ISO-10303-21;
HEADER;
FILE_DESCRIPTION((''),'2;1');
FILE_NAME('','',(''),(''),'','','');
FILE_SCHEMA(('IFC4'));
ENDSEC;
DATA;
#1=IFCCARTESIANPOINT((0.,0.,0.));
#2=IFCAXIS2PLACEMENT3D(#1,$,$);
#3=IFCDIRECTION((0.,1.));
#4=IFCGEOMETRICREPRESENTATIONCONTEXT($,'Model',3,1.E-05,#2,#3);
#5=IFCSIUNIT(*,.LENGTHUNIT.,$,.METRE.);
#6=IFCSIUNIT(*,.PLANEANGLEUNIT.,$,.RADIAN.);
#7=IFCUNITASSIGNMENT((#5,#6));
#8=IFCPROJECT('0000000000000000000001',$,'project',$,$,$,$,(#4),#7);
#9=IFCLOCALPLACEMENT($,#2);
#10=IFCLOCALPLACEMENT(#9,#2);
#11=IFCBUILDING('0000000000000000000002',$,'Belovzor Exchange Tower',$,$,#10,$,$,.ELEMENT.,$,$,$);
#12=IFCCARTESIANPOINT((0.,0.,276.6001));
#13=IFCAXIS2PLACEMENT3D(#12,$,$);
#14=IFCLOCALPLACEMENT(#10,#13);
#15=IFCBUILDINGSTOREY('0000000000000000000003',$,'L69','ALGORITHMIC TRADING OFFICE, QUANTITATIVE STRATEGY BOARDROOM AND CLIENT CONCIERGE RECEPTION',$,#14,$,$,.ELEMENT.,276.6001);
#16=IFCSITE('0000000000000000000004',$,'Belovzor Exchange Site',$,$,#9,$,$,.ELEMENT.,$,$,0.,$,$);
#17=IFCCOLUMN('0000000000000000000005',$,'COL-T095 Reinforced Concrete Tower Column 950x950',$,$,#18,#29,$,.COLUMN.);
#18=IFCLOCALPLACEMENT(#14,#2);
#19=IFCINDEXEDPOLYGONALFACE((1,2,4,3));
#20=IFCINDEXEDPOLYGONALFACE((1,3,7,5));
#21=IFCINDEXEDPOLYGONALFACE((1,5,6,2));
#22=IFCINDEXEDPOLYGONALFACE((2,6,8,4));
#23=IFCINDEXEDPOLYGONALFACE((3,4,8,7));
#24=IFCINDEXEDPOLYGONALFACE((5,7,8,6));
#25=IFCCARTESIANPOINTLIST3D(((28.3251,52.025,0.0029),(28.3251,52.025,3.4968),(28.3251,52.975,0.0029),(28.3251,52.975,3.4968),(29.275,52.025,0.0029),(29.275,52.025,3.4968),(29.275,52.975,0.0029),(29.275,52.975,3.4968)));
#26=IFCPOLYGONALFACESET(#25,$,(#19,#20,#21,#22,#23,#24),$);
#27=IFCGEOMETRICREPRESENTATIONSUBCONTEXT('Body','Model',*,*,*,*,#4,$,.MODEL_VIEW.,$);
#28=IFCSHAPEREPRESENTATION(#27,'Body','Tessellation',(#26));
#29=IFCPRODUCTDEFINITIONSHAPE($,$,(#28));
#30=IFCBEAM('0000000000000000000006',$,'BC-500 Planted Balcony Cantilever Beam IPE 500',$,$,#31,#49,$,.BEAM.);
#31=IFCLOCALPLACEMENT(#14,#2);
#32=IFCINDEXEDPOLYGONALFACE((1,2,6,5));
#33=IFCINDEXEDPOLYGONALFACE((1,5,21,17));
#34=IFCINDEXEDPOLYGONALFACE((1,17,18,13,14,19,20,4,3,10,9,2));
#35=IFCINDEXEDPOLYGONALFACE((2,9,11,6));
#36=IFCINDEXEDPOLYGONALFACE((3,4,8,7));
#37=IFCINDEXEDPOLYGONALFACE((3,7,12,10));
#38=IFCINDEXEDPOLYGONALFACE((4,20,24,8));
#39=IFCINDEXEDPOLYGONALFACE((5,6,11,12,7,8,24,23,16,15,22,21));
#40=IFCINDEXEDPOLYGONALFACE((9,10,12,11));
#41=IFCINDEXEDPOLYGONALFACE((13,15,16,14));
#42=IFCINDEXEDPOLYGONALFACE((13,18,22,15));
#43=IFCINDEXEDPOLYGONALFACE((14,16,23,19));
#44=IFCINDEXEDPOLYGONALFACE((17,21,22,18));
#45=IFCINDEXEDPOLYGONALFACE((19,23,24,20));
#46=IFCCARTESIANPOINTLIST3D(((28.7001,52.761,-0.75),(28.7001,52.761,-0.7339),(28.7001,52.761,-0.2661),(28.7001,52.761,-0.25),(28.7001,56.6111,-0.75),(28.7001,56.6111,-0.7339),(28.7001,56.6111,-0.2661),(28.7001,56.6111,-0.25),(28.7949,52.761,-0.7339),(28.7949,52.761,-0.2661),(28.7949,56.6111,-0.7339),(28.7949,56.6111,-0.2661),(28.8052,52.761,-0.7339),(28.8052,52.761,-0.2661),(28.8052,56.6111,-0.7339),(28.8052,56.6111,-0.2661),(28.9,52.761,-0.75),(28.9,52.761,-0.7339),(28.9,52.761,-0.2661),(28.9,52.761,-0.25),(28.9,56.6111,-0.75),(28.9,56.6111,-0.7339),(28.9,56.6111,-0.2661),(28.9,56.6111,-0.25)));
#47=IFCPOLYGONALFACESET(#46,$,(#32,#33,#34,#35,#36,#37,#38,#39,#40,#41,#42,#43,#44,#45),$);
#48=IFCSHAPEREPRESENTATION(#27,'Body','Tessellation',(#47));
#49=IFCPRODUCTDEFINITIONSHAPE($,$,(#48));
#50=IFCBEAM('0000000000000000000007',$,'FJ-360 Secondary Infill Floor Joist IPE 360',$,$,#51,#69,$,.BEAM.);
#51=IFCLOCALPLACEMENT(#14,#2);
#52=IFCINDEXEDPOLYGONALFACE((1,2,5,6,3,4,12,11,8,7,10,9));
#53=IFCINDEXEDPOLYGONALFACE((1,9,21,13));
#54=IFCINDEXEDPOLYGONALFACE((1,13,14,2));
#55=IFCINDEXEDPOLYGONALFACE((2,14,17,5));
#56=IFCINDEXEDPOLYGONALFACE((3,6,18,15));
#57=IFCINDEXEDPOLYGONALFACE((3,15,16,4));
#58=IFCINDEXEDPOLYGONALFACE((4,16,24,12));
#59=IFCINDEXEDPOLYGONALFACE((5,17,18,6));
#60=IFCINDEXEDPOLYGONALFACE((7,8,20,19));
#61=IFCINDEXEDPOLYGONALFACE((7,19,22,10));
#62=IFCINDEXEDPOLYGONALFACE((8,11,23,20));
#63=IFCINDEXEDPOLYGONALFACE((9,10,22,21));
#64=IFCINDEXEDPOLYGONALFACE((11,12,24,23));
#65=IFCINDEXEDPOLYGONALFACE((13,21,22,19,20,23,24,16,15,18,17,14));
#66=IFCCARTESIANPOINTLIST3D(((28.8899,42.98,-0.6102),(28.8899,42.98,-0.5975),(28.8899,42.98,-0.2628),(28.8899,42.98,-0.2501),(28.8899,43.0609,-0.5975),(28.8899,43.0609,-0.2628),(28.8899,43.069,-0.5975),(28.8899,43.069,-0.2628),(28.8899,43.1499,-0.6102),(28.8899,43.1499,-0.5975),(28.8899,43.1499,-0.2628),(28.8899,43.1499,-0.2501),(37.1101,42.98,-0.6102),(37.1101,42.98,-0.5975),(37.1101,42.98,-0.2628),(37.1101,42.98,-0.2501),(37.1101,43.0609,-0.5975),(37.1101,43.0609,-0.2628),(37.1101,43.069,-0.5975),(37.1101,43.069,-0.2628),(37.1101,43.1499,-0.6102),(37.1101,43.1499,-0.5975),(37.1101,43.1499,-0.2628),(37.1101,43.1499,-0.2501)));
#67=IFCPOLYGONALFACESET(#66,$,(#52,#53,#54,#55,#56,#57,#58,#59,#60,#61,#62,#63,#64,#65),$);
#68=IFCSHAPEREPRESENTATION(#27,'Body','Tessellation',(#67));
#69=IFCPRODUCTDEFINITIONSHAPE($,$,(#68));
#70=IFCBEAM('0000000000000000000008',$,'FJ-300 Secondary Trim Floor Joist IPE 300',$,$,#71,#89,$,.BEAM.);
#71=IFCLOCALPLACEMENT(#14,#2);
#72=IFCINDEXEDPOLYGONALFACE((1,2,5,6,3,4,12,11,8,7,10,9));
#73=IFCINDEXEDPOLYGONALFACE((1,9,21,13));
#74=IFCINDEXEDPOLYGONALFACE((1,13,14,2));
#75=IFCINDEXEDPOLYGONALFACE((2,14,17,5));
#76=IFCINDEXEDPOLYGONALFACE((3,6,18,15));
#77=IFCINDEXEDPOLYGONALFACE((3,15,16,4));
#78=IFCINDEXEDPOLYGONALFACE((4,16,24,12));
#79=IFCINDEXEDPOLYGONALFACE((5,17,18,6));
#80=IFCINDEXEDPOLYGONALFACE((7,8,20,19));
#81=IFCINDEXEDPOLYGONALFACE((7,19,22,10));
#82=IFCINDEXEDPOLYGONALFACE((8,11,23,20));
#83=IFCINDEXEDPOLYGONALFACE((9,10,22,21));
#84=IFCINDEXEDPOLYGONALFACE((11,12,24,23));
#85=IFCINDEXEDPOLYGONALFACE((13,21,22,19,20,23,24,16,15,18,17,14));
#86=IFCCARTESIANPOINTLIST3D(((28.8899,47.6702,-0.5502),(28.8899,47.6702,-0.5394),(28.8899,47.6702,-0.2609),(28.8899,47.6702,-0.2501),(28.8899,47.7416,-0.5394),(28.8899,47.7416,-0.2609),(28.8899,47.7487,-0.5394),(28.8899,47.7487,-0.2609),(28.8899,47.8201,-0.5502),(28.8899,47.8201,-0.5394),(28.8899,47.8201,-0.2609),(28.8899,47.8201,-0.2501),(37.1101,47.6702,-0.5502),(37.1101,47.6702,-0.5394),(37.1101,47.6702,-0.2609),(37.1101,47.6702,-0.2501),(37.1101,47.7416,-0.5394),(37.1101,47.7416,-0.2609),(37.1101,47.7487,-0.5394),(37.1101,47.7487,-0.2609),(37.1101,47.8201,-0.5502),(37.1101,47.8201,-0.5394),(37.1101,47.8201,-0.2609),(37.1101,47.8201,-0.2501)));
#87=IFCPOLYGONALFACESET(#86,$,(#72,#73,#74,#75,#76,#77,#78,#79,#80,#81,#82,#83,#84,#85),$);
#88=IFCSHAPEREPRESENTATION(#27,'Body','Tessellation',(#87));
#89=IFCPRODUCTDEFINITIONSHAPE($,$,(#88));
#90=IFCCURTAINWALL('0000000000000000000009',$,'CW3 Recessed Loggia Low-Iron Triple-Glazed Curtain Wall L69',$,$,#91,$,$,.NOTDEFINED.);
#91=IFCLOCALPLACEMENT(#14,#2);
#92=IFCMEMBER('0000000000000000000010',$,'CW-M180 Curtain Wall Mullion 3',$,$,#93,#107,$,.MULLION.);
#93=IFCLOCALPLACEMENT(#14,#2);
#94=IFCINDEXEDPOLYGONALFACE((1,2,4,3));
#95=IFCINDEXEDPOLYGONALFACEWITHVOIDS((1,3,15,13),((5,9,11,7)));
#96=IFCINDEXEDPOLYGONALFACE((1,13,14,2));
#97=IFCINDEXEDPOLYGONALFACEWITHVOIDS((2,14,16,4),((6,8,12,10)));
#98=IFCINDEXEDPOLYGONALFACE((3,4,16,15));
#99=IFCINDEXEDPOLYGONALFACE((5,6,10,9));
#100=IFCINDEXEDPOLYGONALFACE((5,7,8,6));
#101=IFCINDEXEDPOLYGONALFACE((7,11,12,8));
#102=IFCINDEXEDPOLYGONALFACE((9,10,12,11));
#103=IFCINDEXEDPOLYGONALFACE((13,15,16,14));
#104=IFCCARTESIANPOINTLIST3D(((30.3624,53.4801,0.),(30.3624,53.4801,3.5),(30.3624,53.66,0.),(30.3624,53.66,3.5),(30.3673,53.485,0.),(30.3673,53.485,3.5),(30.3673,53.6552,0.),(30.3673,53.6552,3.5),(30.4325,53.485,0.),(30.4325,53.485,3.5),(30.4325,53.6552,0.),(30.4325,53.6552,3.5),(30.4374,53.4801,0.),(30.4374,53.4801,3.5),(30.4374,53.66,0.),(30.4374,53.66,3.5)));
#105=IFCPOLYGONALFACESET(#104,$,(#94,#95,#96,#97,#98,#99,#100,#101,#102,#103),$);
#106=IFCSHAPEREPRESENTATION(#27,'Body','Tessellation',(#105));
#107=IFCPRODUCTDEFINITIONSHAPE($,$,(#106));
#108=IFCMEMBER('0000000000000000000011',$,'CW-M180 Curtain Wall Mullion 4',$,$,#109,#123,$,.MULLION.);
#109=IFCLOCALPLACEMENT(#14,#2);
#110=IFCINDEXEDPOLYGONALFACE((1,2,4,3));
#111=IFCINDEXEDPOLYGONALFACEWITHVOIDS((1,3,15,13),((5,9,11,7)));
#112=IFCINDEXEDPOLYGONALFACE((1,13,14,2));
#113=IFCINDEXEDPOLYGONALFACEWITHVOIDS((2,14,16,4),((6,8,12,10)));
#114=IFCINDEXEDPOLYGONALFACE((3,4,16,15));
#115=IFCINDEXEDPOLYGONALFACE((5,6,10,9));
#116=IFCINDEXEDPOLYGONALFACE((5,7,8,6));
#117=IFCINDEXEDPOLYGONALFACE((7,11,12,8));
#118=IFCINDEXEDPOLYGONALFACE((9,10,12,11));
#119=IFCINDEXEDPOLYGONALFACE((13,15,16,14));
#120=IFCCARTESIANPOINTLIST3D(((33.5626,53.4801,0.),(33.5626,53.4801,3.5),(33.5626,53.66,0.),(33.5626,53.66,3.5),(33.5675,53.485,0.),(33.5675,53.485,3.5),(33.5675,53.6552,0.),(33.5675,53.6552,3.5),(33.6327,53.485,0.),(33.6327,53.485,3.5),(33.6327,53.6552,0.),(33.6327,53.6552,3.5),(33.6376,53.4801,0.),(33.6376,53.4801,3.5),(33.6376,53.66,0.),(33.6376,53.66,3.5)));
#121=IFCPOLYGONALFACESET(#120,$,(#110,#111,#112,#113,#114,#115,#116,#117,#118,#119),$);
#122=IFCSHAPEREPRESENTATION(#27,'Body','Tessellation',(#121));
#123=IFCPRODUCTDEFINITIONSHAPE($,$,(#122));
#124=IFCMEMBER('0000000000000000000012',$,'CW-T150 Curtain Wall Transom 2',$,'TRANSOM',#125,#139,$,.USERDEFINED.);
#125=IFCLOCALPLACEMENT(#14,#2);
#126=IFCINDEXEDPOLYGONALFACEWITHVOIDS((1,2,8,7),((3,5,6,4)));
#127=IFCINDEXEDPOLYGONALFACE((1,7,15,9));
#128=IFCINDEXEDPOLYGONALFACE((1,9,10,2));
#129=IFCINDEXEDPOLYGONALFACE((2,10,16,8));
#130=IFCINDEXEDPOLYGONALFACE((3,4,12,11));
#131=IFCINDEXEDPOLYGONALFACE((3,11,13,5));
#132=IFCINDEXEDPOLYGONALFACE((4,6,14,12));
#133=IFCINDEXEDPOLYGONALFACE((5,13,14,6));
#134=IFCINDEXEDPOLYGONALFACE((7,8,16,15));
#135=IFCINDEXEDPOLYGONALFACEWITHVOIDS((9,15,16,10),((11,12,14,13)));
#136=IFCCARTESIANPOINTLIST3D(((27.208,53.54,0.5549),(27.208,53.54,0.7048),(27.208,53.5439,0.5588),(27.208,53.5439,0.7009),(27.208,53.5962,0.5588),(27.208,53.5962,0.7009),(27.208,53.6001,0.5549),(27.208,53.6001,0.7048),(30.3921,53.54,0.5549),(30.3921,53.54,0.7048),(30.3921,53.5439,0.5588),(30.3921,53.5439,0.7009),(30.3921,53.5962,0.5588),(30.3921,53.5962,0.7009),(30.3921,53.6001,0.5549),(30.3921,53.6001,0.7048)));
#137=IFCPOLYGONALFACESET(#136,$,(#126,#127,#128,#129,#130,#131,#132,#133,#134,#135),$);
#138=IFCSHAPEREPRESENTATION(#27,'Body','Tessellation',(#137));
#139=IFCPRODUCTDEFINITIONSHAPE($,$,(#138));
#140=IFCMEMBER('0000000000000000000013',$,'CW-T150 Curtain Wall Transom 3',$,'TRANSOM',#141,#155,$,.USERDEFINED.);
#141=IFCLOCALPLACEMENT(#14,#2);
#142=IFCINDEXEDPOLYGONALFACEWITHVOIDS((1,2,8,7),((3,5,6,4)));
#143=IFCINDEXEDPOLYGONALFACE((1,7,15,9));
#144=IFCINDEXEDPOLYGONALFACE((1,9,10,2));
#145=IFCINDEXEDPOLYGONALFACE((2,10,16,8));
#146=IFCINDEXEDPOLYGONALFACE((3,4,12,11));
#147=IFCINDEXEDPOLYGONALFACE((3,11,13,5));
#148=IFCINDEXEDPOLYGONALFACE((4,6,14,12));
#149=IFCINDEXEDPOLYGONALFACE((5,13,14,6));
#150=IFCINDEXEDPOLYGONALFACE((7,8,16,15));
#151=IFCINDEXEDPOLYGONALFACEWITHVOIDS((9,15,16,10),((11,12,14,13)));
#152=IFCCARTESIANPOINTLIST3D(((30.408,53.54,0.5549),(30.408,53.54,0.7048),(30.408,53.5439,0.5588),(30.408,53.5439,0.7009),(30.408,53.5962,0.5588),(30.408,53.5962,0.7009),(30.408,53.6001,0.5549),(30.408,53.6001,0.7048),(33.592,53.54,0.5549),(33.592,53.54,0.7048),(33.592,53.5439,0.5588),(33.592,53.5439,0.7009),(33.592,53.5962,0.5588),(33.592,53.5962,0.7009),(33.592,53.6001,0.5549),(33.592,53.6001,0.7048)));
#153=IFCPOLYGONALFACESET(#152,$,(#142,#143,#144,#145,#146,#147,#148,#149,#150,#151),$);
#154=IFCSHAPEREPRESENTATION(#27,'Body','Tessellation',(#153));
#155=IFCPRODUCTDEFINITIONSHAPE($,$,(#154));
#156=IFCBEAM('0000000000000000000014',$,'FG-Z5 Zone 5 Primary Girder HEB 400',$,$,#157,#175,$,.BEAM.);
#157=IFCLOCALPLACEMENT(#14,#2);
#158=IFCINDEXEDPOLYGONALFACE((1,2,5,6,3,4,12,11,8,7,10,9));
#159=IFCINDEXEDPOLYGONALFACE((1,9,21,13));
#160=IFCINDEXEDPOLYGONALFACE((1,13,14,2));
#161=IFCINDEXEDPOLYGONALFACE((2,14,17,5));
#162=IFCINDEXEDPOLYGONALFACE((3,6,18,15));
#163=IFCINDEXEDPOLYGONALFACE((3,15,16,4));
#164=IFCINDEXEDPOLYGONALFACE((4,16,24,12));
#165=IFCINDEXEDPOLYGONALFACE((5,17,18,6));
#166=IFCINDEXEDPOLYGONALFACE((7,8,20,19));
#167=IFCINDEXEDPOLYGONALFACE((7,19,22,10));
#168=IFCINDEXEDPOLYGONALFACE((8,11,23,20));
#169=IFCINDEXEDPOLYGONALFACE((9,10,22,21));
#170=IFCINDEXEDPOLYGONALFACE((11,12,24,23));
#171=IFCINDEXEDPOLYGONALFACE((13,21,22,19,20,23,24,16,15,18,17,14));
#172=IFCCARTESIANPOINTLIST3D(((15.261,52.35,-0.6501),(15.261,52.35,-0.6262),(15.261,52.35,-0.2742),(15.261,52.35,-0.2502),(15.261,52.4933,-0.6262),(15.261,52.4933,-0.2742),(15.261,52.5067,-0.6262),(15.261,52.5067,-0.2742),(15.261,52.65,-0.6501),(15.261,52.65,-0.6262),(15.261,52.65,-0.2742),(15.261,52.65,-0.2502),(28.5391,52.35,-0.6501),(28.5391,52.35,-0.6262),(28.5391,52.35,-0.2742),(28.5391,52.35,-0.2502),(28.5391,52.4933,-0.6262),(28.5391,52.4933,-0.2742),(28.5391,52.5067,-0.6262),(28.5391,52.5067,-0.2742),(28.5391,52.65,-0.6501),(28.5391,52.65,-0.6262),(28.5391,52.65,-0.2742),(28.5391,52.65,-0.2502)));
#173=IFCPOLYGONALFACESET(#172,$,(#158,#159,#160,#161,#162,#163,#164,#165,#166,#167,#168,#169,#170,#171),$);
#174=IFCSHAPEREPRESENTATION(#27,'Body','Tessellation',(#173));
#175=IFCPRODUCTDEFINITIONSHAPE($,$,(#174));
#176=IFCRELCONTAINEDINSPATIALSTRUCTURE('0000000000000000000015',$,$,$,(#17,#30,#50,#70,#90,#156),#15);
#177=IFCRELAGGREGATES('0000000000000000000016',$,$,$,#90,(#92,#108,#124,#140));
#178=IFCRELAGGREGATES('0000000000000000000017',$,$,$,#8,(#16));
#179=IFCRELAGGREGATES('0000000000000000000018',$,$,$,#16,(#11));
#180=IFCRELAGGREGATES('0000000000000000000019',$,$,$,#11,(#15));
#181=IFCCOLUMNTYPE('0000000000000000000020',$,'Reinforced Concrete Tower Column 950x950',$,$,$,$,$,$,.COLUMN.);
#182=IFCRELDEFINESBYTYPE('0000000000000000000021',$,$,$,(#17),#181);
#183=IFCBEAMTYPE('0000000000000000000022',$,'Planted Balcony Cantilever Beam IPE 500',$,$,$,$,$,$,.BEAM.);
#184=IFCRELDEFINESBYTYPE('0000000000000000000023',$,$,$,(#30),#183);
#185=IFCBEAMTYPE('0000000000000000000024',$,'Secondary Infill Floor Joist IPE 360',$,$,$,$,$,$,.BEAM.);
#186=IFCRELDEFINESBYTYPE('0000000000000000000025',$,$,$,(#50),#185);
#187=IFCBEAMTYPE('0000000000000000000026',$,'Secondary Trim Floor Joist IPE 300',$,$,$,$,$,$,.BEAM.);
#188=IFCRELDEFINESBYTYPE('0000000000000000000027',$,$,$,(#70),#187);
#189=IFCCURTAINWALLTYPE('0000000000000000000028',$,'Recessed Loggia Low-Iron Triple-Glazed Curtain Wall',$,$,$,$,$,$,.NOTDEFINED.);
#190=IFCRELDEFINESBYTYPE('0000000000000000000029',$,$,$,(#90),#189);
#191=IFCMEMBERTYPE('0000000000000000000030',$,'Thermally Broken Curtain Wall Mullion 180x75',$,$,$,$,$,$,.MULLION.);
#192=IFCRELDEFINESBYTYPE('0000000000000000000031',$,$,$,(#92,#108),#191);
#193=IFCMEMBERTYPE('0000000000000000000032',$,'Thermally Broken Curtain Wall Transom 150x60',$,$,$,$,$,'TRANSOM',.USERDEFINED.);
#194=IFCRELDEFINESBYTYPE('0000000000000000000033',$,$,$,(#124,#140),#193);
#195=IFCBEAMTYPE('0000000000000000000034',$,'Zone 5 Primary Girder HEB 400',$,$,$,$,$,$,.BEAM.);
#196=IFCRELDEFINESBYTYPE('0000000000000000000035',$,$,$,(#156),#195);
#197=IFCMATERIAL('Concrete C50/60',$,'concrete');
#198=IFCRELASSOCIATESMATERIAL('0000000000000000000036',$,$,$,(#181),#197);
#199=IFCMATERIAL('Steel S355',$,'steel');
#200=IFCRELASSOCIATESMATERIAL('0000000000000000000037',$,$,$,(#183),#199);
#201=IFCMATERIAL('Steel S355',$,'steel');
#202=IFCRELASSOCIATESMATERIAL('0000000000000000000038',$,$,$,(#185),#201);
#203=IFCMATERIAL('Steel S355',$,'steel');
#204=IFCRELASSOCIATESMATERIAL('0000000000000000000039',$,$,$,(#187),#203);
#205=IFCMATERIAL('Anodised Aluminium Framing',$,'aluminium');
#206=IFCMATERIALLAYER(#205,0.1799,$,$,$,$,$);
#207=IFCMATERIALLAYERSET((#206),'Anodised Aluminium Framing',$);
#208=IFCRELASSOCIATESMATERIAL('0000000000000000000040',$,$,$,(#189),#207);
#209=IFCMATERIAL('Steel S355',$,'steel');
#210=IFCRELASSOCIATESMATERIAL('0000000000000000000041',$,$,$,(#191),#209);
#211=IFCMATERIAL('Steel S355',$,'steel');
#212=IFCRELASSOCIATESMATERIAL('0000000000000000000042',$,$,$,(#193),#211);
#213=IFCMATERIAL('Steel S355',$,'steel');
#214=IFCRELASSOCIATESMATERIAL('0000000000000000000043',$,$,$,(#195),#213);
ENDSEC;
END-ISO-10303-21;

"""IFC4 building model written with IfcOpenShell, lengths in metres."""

from ifc_helpers import new_model, si_unit, direction, frame, origin, origin_2d, place, context, subcontext, project, spatial, rectangle, hollow_rectangle, i_section, extrude, material, layer, layer_set, material_profile, profile_set, type_object, element, aggregate, save


model = new_model("IFC4")

# Units and contexts
model_context = context("Model", 3, precision=1e-05, world=origin(), true_north=direction((0.0, 1.0)))
body_context = subcontext(model_context, "Body", "Model", "MODEL_VIEW")
ifc_project = project(units=[si_unit("LENGTHUNIT", "METRE"), si_unit("PLANEANGLEUNIT", "RADIAN")], contexts=[model_context])

# Site, building, storey
site_placement = place(None, origin())
site = spatial("IfcSite", under=ifc_project, at=site_placement, Name="Belovzor Exchange Site", CompositionType="ELEMENT", RefElevation=0.0)
building_placement = place(site_placement, origin())
building = spatial("IfcBuilding", under=site, at=building_placement, Name="Belovzor Exchange Tower", CompositionType="ELEMENT")
storey_placement = place(building_placement, frame((0.0, 0.0, 276.6001)))
storey = spatial("IfcBuildingStorey", under=building, at=storey_placement, Name="L69", Description="ALGORITHMIC TRADING OFFICE, QUANTITATIVE STRATEGY BOARDROOM AND CLIENT CONCIERGE RECEPTION", CompositionType="ELEMENT", Elevation=276.6001)

# Column
ifc_material_1 = material(Name="Concrete C50/60", Category="concrete")
ifc_material_profile_1 = material_profile(ifc_material_1, rectangle(XDim=0.95, YDim=0.95, at=origin_2d()))
ifc_profile_set_1 = profile_set([ifc_material_profile_1], Name="Concrete C50/60")
column_type = type_object("IfcColumnType", Name="Reinforced Concrete Tower Column 950x950", PredefinedType="COLUMN", material=ifc_profile_set_1)
column_placement = place(storey_placement, frame((28.8, 52.5, 0.0029), z_axis=(0.0, 0.0, 1.0), x_axis=(1.0, 0.0, 0.0)))
element("IfcColumn", 1, at=column_placement, inside=storey, type_object=column_type, Name="COL-T095 Reinforced Concrete Tower Column 950x950", PredefinedType="COLUMN", context=body_context, shape_type="SweptSolid", body=[
    extrude(rectangle(XDim=0.95, YDim=0.95, at=origin_2d()), origin(), (0.0, 0.0, 1.0), 3.4939),
])

# Beams
ifc_material_2 = material(Name="Steel S355", Category="steel")
ifc_material_profile_2 = material_profile(ifc_material_2, i_section(OverallWidth=0.2, OverallDepth=0.5, WebThickness=0.0103, FlangeThickness=0.0161, at=origin_2d()))
ifc_profile_set_2 = profile_set([ifc_material_profile_2], Name="Steel S355")
beam_type_1 = type_object("IfcBeamType", Name="Planted Balcony Cantilever Beam IPE 500", PredefinedType="BEAM", material=ifc_profile_set_2)
beam_1_placement = place(storey_placement, frame((28.8, 52.761, -0.5), z_axis=(0.0, 1.0, 0.0), x_axis=(-1.0, 0.0, 0.0)))
element("IfcBeam", 2, at=beam_1_placement, inside=storey, type_object=beam_type_1, Name="BC-500 Planted Balcony Cantilever Beam IPE 500", PredefinedType="BEAM", context=body_context, shape_type="SweptSolid", body=[
    extrude(i_section(OverallWidth=0.2, OverallDepth=0.5, WebThickness=0.0103, FlangeThickness=0.0161, at=origin_2d()), origin(), (0.0, 0.0, 1.0), 3.8501),
])
ifc_material_3 = material(Name="Steel S355", Category="steel")
ifc_material_profile_3 = material_profile(ifc_material_3, i_section(OverallWidth=0.1699, OverallDepth=0.3601, WebThickness=0.0081, FlangeThickness=0.0127, at=origin_2d()))
ifc_profile_set_3 = profile_set([ifc_material_profile_3], Name="Steel S355")
beam_type_2 = type_object("IfcBeamType", Name="Secondary Infill Floor Joist IPE 360", PredefinedType="BEAM", material=ifc_profile_set_3)
beam_2_placement = place(storey_placement, frame((28.8899, 43.0649, -0.4302), z_axis=(1.0, 0.0, 0.0), x_axis=(0.0, 1.0, 0.0)))
element("IfcBeam", 3, at=beam_2_placement, inside=storey, type_object=beam_type_2, Name="FJ-360 Secondary Infill Floor Joist IPE 360", PredefinedType="BEAM", context=body_context, shape_type="SweptSolid", body=[
    extrude(i_section(OverallWidth=0.1699, OverallDepth=0.3601, WebThickness=0.0081, FlangeThickness=0.0127, at=origin_2d()), origin(), (0.0, 0.0, 1.0), 8.2202),
])
ifc_material_4 = material(Name="Steel S355", Category="steel")
ifc_material_profile_4 = material_profile(ifc_material_4, i_section(OverallWidth=0.1499, OverallDepth=0.3, WebThickness=0.0071, FlangeThickness=0.0107, at=origin_2d()))
ifc_profile_set_4 = profile_set([ifc_material_profile_4], Name="Steel S355")
beam_type_3 = type_object("IfcBeamType", Name="Secondary Trim Floor Joist IPE 300", PredefinedType="BEAM", material=ifc_profile_set_4)
beam_3_placement = place(storey_placement, frame((28.8899, 47.7451, -0.4001), z_axis=(1.0, 0.0, 0.0), x_axis=(0.0, 1.0, 0.0)))
element("IfcBeam", 4, at=beam_3_placement, inside=storey, type_object=beam_type_3, Name="FJ-300 Secondary Trim Floor Joist IPE 300", PredefinedType="BEAM", context=body_context, shape_type="SweptSolid", body=[
    extrude(i_section(OverallWidth=0.1499, OverallDepth=0.3, WebThickness=0.0071, FlangeThickness=0.0107, at=origin_2d()), origin(), (0.0, 0.0, 1.0), 8.2202),
])

# Curtain wall, members
ifc_material_5 = material(Name="Anodised Aluminium Framing", Category="aluminium")
ifc_layer_1 = layer(ifc_material_5, 0.1799)
ifc_layer_set_1 = layer_set([ifc_layer_1], Name="Anodised Aluminium Framing")
curtain_wall_type = type_object("IfcCurtainWallType", Name="Recessed Loggia Low-Iron Triple-Glazed Curtain Wall", PredefinedType="NOTDEFINED", material=ifc_layer_set_1)
curtain_wall_placement = place(storey_placement, origin())
curtain_wall = element("IfcCurtainWall", 5, at=curtain_wall_placement, inside=storey, type_object=curtain_wall_type, Name="CW3 Recessed Loggia Low-Iron Triple-Glazed Curtain Wall L69", PredefinedType="NOTDEFINED")
ifc_material_6 = material(Name="Steel S355", Category="steel")
ifc_material_profile_5 = material_profile(ifc_material_6, hollow_rectangle(XDim=0.075, YDim=0.1799, WallThickness=0.0049, at=origin_2d()))
ifc_profile_set_5 = profile_set([ifc_material_profile_5], Name="Steel S355")
member_type_1 = type_object("IfcMemberType", Name="Thermally Broken Curtain Wall Mullion 180x75", PredefinedType="MULLION", material=ifc_profile_set_5)
member_1_placement = place(storey_placement, frame((30.3999, 53.5701, 0.0), z_axis=(0.0, 0.0, 1.0), x_axis=(1.0, 0.0, 0.0)))
member_1 = element("IfcMember", 6, at=member_1_placement, type_object=member_type_1, Name="CW-M180 Curtain Wall Mullion 3", PredefinedType="MULLION", context=body_context, shape_type="SweptSolid", body=[
    extrude(hollow_rectangle(XDim=0.075, YDim=0.1799, WallThickness=0.0049, at=origin_2d()), origin(), (0.0, 0.0, 1.0), 3.5),
])
member_2_placement = place(storey_placement, frame((33.6001, 53.5701, 0.0), z_axis=(0.0, 0.0, 1.0), x_axis=(1.0, 0.0, 0.0)))
member_2 = element("IfcMember", 7, at=member_2_placement, type_object=member_type_1, Name="CW-M180 Curtain Wall Mullion 4", PredefinedType="MULLION", context=body_context, shape_type="SweptSolid", body=[
    extrude(hollow_rectangle(XDim=0.075, YDim=0.1799, WallThickness=0.0049, at=origin_2d()), origin(), (0.0, 0.0, 1.0), 3.5),
])
ifc_material_7 = material(Name="Steel S355", Category="steel")
ifc_material_profile_6 = material_profile(ifc_material_7, hollow_rectangle(XDim=0.0601, YDim=0.1499, WallThickness=0.0039, at=origin_2d()))
ifc_profile_set_6 = profile_set([ifc_material_profile_6], Name="Steel S355")
member_type_2 = type_object("IfcMemberType", Name="Thermally Broken Curtain Wall Transom 150x60", ElementType="TRANSOM", PredefinedType="USERDEFINED", material=ifc_profile_set_6)
member_3_placement = place(storey_placement, frame((27.208, 53.5701, 0.6299), z_axis=(1.0, 0.0, 0.0), x_axis=(0.0, 1.0, 0.0)))
member_3 = element("IfcMember", 8, at=member_3_placement, type_object=member_type_2, Name="CW-T150 Curtain Wall Transom 2", ObjectType="TRANSOM", PredefinedType="USERDEFINED", context=body_context, shape_type="SweptSolid", body=[
    extrude(hollow_rectangle(XDim=0.0601, YDim=0.1499, WallThickness=0.0039, at=origin_2d()), origin(), (0.0, 0.0, 1.0), 3.1841),
])
member_4_placement = place(storey_placement, frame((30.408, 53.5701, 0.6299), z_axis=(1.0, 0.0, 0.0), x_axis=(0.0, 1.0, 0.0)))
member_4 = element("IfcMember", 9, at=member_4_placement, type_object=member_type_2, Name="CW-T150 Curtain Wall Transom 3", ObjectType="TRANSOM", PredefinedType="USERDEFINED", context=body_context, shape_type="SweptSolid", body=[
    extrude(hollow_rectangle(XDim=0.0601, YDim=0.1499, WallThickness=0.0039, at=origin_2d()), origin(), (0.0, 0.0, 1.0), 3.1841),
])

# Beam
ifc_material_8 = material(Name="Steel S355", Category="steel")
ifc_material_profile_7 = material_profile(ifc_material_8, i_section(OverallWidth=0.3, OverallDepth=0.3999, WebThickness=0.0134, FlangeThickness=0.0239, at=origin_2d()))
ifc_profile_set_7 = profile_set([ifc_material_profile_7], Name="Steel S355")
beam_type_4 = type_object("IfcBeamType", Name="Zone 5 Primary Girder HEB 400", PredefinedType="BEAM", material=ifc_profile_set_7)
beam_4_placement = place(storey_placement, frame((28.5391, 52.5, -0.4502), z_axis=(-1.0, 0.0, 0.0), x_axis=(0.0, -1.0, 0.0)))
element("IfcBeam", 10, at=beam_4_placement, inside=storey, type_object=beam_type_4, Name="FG-Z5 Zone 5 Primary Girder HEB 400", PredefinedType="BEAM", context=body_context, shape_type="SweptSolid", body=[
    extrude(i_section(OverallWidth=0.3, OverallDepth=0.3999, WebThickness=0.0134, FlangeThickness=0.0239, at=origin_2d()), origin(), (0.0, 0.0, 1.0), 13.2781),
])

aggregate(curtain_wall, [member_1, member_2, member_3, member_4])

save(model, "model.ifc")
